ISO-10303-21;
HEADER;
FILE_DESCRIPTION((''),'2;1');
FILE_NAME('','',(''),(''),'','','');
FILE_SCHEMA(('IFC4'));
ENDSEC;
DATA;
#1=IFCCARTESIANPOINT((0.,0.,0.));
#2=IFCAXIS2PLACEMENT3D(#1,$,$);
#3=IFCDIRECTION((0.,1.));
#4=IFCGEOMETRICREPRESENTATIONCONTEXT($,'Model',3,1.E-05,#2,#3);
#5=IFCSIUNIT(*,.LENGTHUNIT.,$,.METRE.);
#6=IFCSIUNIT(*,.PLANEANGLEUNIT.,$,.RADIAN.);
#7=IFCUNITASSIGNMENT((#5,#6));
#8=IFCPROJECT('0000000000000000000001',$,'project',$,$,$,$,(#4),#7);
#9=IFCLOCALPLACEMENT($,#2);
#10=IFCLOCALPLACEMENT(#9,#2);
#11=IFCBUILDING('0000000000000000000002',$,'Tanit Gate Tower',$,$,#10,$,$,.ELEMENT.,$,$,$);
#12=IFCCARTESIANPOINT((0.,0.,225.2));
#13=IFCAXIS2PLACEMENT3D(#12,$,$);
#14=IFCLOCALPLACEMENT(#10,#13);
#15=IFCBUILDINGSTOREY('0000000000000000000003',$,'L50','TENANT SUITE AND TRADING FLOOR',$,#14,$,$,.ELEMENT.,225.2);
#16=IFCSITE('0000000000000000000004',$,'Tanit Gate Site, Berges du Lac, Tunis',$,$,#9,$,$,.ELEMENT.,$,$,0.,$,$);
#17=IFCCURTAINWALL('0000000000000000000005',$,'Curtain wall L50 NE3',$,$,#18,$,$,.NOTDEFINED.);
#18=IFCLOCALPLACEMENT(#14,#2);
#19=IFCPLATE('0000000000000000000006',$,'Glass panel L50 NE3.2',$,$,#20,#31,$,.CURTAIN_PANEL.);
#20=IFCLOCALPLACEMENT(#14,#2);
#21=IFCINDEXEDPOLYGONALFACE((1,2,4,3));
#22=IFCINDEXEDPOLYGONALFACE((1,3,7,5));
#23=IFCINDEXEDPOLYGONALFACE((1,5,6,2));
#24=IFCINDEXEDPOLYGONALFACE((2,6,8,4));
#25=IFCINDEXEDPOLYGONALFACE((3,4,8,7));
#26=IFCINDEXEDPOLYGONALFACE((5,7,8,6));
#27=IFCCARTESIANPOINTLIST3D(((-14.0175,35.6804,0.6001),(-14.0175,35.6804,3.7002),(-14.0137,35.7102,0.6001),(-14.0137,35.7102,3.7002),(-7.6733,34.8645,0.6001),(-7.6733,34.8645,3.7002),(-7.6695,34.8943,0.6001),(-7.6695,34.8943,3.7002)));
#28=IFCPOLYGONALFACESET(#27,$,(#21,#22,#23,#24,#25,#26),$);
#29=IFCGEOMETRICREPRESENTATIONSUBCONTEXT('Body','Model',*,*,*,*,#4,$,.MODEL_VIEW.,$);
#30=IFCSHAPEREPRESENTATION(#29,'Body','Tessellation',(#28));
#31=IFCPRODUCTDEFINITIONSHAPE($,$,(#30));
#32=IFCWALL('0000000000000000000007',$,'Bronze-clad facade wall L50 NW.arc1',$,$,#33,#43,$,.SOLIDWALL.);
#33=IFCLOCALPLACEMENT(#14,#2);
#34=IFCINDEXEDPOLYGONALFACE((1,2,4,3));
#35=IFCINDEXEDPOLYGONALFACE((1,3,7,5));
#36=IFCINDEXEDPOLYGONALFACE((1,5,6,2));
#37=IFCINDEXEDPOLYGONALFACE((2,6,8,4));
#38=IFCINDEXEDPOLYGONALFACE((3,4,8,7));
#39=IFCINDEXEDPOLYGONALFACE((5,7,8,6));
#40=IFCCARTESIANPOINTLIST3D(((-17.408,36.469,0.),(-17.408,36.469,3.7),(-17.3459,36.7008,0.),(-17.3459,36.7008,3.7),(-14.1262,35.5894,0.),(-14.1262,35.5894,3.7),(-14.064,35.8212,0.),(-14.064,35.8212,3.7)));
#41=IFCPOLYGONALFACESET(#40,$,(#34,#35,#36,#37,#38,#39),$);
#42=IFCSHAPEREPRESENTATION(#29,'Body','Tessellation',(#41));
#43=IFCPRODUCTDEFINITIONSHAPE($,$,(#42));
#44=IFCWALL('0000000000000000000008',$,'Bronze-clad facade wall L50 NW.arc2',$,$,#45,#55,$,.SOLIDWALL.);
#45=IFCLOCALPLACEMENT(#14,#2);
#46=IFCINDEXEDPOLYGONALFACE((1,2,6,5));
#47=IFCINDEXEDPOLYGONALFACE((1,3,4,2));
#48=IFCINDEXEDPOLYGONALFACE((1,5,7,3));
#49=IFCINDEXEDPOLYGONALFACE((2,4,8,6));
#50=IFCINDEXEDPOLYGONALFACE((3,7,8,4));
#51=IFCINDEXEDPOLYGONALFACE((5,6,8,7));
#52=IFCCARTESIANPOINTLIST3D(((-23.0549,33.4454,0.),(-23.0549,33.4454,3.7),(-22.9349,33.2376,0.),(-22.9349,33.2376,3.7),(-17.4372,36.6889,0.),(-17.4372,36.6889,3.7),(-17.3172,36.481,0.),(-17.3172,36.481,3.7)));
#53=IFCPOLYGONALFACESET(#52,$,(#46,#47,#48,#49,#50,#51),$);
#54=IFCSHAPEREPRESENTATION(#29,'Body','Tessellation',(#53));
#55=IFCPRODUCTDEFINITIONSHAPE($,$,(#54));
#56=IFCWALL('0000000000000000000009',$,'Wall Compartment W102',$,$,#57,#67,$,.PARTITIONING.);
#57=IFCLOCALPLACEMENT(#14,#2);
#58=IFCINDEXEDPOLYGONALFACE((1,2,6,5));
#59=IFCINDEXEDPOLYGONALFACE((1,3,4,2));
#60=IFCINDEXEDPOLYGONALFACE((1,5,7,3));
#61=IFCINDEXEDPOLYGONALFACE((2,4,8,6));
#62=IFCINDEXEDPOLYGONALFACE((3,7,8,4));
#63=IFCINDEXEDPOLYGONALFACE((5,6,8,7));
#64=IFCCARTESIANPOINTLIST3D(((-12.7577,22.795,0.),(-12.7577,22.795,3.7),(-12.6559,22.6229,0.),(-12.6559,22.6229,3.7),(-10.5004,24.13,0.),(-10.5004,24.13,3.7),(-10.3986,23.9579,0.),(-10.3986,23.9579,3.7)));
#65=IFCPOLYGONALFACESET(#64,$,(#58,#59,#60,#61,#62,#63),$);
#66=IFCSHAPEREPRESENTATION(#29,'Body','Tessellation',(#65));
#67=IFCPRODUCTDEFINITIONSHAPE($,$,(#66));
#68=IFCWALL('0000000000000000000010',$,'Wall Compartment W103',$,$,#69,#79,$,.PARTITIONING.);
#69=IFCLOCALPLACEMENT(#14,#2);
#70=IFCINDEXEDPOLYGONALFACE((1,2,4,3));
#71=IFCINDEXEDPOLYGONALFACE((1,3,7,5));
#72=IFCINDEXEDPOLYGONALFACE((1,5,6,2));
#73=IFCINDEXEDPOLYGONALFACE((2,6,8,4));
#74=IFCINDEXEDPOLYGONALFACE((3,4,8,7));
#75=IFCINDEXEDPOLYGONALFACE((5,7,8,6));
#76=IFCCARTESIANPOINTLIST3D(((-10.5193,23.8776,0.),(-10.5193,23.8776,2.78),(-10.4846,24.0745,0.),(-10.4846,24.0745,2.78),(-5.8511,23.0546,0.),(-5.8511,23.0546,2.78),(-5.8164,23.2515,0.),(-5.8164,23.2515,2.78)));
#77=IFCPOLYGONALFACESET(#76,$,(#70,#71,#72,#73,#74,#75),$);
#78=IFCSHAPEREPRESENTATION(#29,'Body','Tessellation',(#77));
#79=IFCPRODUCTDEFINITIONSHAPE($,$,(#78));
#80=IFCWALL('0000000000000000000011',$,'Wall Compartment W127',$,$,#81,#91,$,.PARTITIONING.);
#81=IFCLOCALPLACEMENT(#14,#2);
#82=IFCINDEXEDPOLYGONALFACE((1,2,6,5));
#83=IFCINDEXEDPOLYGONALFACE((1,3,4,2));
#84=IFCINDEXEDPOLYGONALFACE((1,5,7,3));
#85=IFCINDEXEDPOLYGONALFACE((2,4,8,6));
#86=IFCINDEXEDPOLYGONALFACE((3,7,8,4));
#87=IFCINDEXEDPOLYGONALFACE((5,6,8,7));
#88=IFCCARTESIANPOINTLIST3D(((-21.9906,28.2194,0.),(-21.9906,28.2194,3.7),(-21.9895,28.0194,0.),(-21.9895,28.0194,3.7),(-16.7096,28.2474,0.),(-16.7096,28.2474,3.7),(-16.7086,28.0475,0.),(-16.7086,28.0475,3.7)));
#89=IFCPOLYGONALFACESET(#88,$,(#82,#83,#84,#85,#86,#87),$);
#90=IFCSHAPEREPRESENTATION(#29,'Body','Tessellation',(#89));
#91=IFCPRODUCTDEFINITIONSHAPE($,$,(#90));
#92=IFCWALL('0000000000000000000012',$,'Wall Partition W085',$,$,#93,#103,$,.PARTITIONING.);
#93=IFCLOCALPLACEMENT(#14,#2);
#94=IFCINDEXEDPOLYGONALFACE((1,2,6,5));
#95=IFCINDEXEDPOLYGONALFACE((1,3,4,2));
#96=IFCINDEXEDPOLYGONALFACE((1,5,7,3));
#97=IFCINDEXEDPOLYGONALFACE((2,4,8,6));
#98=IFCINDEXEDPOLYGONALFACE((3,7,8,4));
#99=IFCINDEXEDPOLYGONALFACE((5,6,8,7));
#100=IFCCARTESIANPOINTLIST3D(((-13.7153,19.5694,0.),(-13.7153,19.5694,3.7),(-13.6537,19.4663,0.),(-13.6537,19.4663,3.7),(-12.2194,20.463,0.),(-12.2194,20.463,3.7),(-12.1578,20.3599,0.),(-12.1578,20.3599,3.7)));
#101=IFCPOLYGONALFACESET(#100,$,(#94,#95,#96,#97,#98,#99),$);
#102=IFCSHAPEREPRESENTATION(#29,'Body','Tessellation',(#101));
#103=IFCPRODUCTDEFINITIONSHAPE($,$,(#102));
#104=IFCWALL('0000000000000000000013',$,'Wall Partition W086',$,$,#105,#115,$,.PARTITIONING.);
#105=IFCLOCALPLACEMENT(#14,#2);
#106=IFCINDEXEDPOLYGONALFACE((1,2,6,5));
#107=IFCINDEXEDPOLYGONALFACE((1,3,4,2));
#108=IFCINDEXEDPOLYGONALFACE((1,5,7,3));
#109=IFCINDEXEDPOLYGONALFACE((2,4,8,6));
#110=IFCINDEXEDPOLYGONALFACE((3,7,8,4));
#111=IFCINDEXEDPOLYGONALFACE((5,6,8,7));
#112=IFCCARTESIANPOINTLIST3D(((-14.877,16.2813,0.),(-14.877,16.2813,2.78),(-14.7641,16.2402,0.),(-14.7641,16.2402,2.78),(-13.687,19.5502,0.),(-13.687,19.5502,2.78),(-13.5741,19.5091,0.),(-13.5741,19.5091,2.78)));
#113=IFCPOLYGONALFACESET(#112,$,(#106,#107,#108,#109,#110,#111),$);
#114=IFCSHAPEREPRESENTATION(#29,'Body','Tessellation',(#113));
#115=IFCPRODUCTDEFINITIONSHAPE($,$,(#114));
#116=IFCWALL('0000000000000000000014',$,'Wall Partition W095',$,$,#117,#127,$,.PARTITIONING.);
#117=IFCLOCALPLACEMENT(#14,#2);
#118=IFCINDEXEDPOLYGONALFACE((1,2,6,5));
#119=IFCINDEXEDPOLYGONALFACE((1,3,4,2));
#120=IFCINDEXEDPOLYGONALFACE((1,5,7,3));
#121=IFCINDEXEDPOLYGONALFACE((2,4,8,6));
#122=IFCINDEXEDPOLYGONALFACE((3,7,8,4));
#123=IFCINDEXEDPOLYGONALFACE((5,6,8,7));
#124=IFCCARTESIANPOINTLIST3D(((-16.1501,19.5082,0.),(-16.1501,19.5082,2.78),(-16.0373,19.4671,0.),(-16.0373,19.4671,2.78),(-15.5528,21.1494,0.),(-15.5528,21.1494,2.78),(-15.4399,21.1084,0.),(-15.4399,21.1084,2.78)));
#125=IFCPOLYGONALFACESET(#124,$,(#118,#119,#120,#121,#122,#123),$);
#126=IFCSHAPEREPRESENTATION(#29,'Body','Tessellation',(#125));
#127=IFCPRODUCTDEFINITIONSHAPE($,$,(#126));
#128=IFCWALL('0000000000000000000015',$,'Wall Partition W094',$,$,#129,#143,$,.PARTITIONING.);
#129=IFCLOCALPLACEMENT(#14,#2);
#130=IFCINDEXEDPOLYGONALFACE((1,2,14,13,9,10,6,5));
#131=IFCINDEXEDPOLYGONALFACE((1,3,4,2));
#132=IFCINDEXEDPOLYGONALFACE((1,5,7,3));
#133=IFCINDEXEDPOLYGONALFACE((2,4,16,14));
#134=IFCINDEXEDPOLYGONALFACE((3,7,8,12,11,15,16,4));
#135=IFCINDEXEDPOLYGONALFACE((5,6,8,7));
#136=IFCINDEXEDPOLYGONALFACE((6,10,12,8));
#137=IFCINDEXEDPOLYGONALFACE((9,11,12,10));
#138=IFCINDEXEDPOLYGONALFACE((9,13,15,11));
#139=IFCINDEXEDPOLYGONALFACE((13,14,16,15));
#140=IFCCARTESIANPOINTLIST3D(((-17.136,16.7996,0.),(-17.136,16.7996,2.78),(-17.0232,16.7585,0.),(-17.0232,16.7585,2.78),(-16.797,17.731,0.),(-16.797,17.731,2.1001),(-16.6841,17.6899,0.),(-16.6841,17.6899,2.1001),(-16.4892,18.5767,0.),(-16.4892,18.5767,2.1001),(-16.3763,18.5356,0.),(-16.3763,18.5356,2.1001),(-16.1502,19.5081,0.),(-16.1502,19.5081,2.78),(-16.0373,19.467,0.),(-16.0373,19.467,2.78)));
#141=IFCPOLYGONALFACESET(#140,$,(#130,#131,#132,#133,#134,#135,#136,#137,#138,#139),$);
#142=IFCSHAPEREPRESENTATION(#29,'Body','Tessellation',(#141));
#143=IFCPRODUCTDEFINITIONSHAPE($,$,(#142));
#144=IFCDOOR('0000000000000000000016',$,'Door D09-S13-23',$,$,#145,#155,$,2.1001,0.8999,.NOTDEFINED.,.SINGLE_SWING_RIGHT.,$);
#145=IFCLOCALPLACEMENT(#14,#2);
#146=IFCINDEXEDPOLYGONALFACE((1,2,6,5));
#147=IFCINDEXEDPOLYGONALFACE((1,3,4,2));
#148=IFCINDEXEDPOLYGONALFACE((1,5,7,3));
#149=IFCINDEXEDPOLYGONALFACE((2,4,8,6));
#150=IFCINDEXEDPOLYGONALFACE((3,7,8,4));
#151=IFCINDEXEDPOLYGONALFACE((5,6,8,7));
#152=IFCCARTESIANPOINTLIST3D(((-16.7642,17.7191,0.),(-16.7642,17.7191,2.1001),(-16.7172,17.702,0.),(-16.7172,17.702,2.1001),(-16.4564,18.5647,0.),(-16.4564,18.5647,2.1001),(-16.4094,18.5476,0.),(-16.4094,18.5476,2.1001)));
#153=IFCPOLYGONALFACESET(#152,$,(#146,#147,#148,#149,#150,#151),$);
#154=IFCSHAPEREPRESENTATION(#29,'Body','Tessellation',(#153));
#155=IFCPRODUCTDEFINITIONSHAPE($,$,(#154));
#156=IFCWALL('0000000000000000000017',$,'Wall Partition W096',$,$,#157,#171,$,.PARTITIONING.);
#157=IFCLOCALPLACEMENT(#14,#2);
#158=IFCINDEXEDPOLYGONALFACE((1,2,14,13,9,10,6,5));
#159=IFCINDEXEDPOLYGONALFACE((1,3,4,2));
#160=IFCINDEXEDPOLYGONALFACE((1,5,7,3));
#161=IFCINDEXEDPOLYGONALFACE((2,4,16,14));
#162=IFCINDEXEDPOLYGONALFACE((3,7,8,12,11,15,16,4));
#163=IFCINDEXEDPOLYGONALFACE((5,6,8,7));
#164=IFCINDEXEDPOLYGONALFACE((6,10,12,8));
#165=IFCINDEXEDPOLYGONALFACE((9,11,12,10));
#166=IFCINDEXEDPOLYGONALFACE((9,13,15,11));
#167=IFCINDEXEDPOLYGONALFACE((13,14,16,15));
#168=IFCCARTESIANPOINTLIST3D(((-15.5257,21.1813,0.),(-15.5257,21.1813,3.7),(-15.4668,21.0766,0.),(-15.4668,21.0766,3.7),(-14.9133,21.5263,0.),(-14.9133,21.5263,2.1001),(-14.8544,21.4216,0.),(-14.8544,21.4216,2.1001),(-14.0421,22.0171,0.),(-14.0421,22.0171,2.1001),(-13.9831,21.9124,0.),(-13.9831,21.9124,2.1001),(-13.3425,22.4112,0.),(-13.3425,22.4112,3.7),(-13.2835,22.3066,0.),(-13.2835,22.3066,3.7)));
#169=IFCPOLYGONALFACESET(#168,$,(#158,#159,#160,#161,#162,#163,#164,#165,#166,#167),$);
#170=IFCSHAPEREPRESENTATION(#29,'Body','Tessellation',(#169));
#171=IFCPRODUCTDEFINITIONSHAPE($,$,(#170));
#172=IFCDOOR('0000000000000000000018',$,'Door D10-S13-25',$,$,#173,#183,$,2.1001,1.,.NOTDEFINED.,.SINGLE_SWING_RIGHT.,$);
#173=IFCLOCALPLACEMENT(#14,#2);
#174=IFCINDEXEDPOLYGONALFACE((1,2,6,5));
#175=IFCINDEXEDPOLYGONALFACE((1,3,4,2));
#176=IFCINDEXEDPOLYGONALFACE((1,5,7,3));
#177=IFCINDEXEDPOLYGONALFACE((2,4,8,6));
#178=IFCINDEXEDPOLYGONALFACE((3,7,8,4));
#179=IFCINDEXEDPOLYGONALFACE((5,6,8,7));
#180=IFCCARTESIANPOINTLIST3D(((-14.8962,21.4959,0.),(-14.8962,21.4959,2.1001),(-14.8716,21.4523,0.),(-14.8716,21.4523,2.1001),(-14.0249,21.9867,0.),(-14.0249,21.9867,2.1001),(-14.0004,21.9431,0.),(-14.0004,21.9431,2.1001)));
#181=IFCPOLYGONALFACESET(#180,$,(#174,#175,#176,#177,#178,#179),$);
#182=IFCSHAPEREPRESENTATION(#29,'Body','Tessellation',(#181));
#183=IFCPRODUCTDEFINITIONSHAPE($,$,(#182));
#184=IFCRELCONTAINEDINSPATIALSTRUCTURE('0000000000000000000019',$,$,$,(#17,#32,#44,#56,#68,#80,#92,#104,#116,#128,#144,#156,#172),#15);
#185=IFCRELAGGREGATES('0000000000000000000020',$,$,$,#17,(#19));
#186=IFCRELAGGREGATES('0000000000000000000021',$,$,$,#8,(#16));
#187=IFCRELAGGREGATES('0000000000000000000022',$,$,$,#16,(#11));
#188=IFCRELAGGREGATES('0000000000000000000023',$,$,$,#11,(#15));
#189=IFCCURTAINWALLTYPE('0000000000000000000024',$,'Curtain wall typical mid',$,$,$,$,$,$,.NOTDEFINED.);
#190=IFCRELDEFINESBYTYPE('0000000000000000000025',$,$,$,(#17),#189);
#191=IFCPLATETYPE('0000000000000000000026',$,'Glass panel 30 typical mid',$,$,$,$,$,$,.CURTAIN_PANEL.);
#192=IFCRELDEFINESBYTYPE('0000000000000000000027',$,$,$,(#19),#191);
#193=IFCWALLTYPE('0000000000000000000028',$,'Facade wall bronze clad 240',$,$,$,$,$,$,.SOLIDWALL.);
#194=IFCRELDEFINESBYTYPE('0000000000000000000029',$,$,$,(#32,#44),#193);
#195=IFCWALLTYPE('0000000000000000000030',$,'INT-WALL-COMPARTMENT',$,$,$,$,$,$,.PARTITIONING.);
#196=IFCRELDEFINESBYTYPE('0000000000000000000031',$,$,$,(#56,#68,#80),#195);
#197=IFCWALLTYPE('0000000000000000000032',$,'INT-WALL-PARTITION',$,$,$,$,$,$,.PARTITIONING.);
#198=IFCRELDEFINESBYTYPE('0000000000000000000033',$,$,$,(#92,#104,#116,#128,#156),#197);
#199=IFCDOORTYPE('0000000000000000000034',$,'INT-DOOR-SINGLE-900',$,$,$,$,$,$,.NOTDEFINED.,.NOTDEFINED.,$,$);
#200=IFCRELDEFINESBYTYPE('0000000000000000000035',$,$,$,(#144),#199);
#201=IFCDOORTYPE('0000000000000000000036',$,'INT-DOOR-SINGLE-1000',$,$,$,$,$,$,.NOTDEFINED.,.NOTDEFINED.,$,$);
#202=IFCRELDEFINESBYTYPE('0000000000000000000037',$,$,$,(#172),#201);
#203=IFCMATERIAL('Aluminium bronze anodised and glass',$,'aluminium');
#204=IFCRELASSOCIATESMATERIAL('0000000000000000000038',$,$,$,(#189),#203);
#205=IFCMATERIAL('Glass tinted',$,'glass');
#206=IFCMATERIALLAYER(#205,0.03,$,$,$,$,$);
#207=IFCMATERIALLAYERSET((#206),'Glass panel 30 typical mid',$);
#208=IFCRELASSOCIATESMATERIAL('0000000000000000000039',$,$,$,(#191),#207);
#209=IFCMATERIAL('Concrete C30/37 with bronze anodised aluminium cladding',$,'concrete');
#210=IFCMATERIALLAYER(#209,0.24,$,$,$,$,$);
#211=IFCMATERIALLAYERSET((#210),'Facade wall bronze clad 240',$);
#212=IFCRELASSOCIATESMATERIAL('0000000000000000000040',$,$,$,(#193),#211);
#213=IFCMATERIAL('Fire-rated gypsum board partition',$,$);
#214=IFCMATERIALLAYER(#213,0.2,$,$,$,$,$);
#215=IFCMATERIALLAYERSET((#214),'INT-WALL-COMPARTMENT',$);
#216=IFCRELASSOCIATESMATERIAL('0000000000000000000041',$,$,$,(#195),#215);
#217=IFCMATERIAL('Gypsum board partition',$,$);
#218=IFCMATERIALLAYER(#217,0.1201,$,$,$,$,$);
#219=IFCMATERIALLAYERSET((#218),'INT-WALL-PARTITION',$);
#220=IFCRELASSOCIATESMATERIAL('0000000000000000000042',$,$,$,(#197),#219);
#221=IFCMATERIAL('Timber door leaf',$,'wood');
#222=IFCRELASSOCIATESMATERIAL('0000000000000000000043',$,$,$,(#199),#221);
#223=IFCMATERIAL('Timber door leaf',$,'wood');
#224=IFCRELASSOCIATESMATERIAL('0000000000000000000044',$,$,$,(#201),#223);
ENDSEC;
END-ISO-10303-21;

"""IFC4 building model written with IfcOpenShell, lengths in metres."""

from ifc_helpers import new_model, si_unit, direction, frame, frame_2d, origin, origin_2d, place, context, subcontext, project, spatial, rectangle, extrude, material, layer, layer_set, type_object, element, fill, aggregate, save


model = new_model("IFC4")

# Units and contexts
model_context = context("Model", 3, precision=1e-05, world=origin(), true_north=direction((0.0, 1.0)))
body_context = subcontext(model_context, "Body", "Model", "MODEL_VIEW")
ifc_project = project(units=[si_unit("LENGTHUNIT", "METRE"), si_unit("PLANEANGLEUNIT", "RADIAN")], contexts=[model_context])

# Site, building, storey
site_placement = place(None, origin())
site = spatial("IfcSite", under=ifc_project, at=site_placement, Name="Tanit Gate Site, Berges du Lac, Tunis", CompositionType="ELEMENT", RefElevation=0.0)
building_placement = place(site_placement, origin())
building = spatial("IfcBuilding", under=site, at=building_placement, Name="Tanit Gate Tower", CompositionType="ELEMENT")
storey_placement = place(building_placement, frame((0.0, 0.0, 225.2)))
storey = spatial("IfcBuildingStorey", under=building, at=storey_placement, Name="L50", Description="TENANT SUITE AND TRADING FLOOR", CompositionType="ELEMENT", Elevation=225.2)

# Curtain wall
ifc_material_1 = material(Name="Aluminium bronze anodised and glass", Category="aluminium")
curtain_wall_type = type_object("IfcCurtainWallType", Name="Curtain wall typical mid", PredefinedType="NOTDEFINED", material=ifc_material_1)
curtain_wall_placement = place(storey_placement, origin())
curtain_wall = element("IfcCurtainWall", 1, at=curtain_wall_placement, inside=storey, type_object=curtain_wall_type, Name="Curtain wall L50 NE3", PredefinedType="NOTDEFINED")

# Plate
ifc_material_2 = material(Name="Glass tinted", Category="glass")
ifc_layer_1 = layer(ifc_material_2, 0.03)
ifc_layer_set_1 = layer_set([ifc_layer_1], Name="Glass panel 30 typical mid")
plate_type = type_object("IfcPlateType", Name="Glass panel 30 typical mid", PredefinedType="CURTAIN_PANEL", material=ifc_layer_set_1)
plate_1_placement = place(storey_placement, frame((-10.8435, 35.2874, 0.6001), z_axis=(0.0, 0.0, 1.0), x_axis=(-0.991832, 0.127554, 0.0)))
plate_1 = element("IfcPlate", 2, at=plate_1_placement, type_object=plate_type, Name="Glass panel L50 NE3.2", PredefinedType="CURTAIN_PANEL", context=body_context, shape_type="SweptSolid", body=[
    extrude(rectangle(XDim=6.3965, YDim=0.03, at=origin_2d()), origin(), (0.0, 0.0, 1.0), 3.1001),
])
aggregate(curtain_wall, [plate_1])

# Walls
ifc_material_3 = material(Name="Concrete C30/37 with bronze anodised aluminium cladding", Category="concrete")
ifc_layer_2 = layer(ifc_material_3, 0.24)
ifc_layer_set_2 = layer_set([ifc_layer_2], Name="Facade wall bronze clad 240")
wall_type_1 = type_object("IfcWallType", Name="Facade wall bronze clad 240", PredefinedType="SOLIDWALL", material=ifc_layer_set_2)
wall_1_placement = place(storey_placement, frame((-14.0952, 35.7053, 0.0), z_axis=(0.0, 0.0, 1.0), x_axis=(-0.965909, 0.258883, 0.0)))
element("IfcWall", 3, at=wall_1_placement, inside=storey, type_object=wall_type_1, Name="Bronze-clad facade wall L50 NW.arc1", PredefinedType="SOLIDWALL", context=body_context, shape_type="SweptSolid", body=[
    extrude(rectangle(XDim=3.3977, YDim=0.24, at=frame_2d((1.6987, 0.0))), origin(), (0.0, 0.0, 1.0), 3.7),
])
wall_2_placement = place(storey_placement, frame((-17.3772, 36.585, 0.0), z_axis=(0.0, 0.0, 1.0), x_axis=(-0.866023, -0.500005, 0.0)))
element("IfcWall", 4, at=wall_2_placement, inside=storey, type_object=wall_type_1, Name="Bronze-clad facade wall L50 NW.arc2", PredefinedType="SOLIDWALL", context=body_context, shape_type="SweptSolid", body=[
    extrude(rectangle(XDim=6.4868, YDim=0.24, at=frame_2d((3.2434, 0.0))), origin(), (0.0, 0.0, 1.0), 3.7),
])
ifc_material_4 = material(Name="Fire-rated gypsum board partition")
ifc_layer_3 = layer(ifc_material_4, 0.2)
ifc_layer_set_3 = layer_set([ifc_layer_3], Name="INT-WALL-COMPARTMENT")
wall_type_2 = type_object("IfcWallType", Name="INT-WALL-COMPARTMENT", PredefinedType="PARTITIONING", material=ifc_layer_set_3)
wall_3_placement = place(storey_placement, frame((-10.4495, 24.0439, 0.0), z_axis=(0.0, 0.0, 1.0), x_axis=(-0.860745, -0.509037, 0.0)))
element("IfcWall", 5, at=wall_3_placement, inside=storey, type_object=wall_type_2, Name="Wall Compartment W102", PredefinedType="PARTITIONING", context=body_context, shape_type="SweptSolid", body=[
    extrude(rectangle(XDim=2.6226, YDim=0.2, at=frame_2d((1.3113, 0.0))), origin(), (0.0, 0.0, 1.0), 3.7),
])
wall_4_placement = place(storey_placement, frame((-5.8337, 23.1531, 0.0), z_axis=(0.0, 0.0, 1.0), x_axis=(-0.984813, 0.173621, 0.0)))
element("IfcWall", 6, at=wall_4_placement, inside=storey, type_object=wall_type_2, Name="Wall Compartment W103", PredefinedType="PARTITIONING", context=body_context, shape_type="SweptSolid", body=[
    extrude(rectangle(XDim=4.7402, YDim=0.2, at=frame_2d((2.3701, 0.0))), origin(), (0.0, 0.0, 1.0), 2.78),
])
wall_5_placement = place(storey_placement, frame((-16.709, 28.1475, 0.0), z_axis=(0.0, 0.0, 1.0), x_axis=(-0.999986, -0.005316, 0.0)))
element("IfcWall", 7, at=wall_5_placement, inside=storey, type_object=wall_type_2, Name="Wall Compartment W127", PredefinedType="PARTITIONING", context=body_context, shape_type="SweptSolid", body=[
    extrude(rectangle(XDim=5.281, YDim=0.2, at=frame_2d((2.6406, 0.0))), origin(), (0.0, 0.0, 1.0), 3.7),
])
ifc_material_5 = material(Name="Gypsum board partition")
ifc_layer_4 = layer(ifc_material_5, 0.1201)
ifc_layer_set_4 = layer_set([ifc_layer_4], Name="INT-WALL-PARTITION")
wall_type_3 = type_object("IfcWallType", Name="INT-WALL-PARTITION", PredefinedType="PARTITIONING", material=ifc_layer_set_4)
wall_6_placement = place(storey_placement, frame((-12.1887, 20.4114, 0.0), z_axis=(0.0, 0.0, 1.0), x_axis=(-0.858493, -0.512826, 0.0)))
element("IfcWall", 8, at=wall_6_placement, inside=storey, type_object=wall_type_3, Name="Wall Partition W085", PredefinedType="PARTITIONING", context=body_context, shape_type="SweptSolid", body=[
    extrude(rectangle(XDim=1.7424, YDim=0.1201, at=frame_2d((0.8711, 0.0))), origin(), (0.0, 0.0, 1.0), 3.7),
])
wall_7_placement = place(storey_placement, frame((-13.6306, 19.5295, 0.0), z_axis=(0.0, 0.0, 1.0), x_axis=(-0.34207, -0.939675, 0.0)))
element("IfcWall", 9, at=wall_7_placement, inside=storey, type_object=wall_type_3, Name="Wall Partition W086", PredefinedType="PARTITIONING", context=body_context, shape_type="SweptSolid", body=[
    extrude(rectangle(XDim=3.4788, YDim=0.1201, at=frame_2d((1.7393, 0.0))), origin(), (0.0, 0.0, 1.0), 2.78),
])
wall_8_placement = place(storey_placement, frame((-15.4963, 21.1289, 0.0), z_axis=(0.0, 0.0, 1.0), x_axis=(-0.342024, -0.939691, 0.0)))
element("IfcWall", 10, at=wall_8_placement, inside=storey, type_object=wall_type_3, Name="Wall Partition W095", PredefinedType="PARTITIONING", context=body_context, shape_type="SweptSolid", body=[
    extrude(rectangle(XDim=1.7466, YDim=0.1201, at=frame_2d((0.8733, 0.0))), origin(), (0.0, 0.0, 1.0), 2.78),
])

# Walls, openings, doors
wall_9_placement = place(storey_placement, frame((-16.0938, 19.4875, 0.0), z_axis=(0.0, 0.0, 1.0), x_axis=(-0.342029, -0.93969, 0.0)))
wall_9 = element("IfcWall", 11, at=wall_9_placement, inside=storey, type_object=wall_type_3, Name="Wall Partition W094", PredefinedType="PARTITIONING", context=body_context, shape_type="SweptSolid", body=[
    extrude(rectangle(XDim=2.8823, YDim=0.1201, at=frame_2d((1.4412, 0.0))), origin(), (0.0, 0.0, 1.0), 2.78),
])
opening_1_placement = place(wall_9_placement, frame((0.9912, 0.0, 0.0)))
opening_1 = element("IfcOpeningElement", 12, at=opening_1_placement, cuts=wall_9, PredefinedType="OPENING", context=body_context, shape_type="SweptSolid", body=[
    extrude(rectangle(XDim=0.8999, YDim=2.1001, at=frame_2d((0.45, 1.05))), frame((0.0, 0.0701, 0.0), z_axis=(0.0, -1.0, 0.0), x_axis=(1.0, 0.0, 0.0)), (0.0, 0.0, 1.0), 0.1401),
])
ifc_material_6 = material(Name="Timber door leaf", Category="wood")
door_type_1 = type_object("IfcDoorType", Name="INT-DOOR-SINGLE-900", OperationType="NOTDEFINED", PredefinedType="NOTDEFINED", material=ifc_material_6)
door_1_placement = place(opening_1_placement, origin())
door_1 = element("IfcDoor", 13, at=door_1_placement, inside=storey, type_object=door_type_1, Name="Door D09-S13-23", OperationType="SINGLE_SWING_RIGHT", OverallHeight=2.1001, OverallWidth=0.8999, PredefinedType="NOTDEFINED", context=body_context, shape_type="SweptSolid", body=[
    extrude(rectangle(XDim=0.8999, YDim=2.1001, at=frame_2d((0.45, 1.05))), frame((0.0, 0.0249, 0.0), z_axis=(0.0, -1.0, 0.0), x_axis=(1.0, 0.0, 0.0)), (0.0, 0.0, 1.0), 0.05),
])
fill(opening_1, door_1)
wall_10_placement = place(storey_placement, frame((-13.313, 22.3589, 0.0), z_axis=(0.0, 0.0, 1.0), x_axis=(-0.871261, -0.490821, 0.0)))
wall_10 = element("IfcWall", 14, at=wall_10_placement, inside=storey, type_object=wall_type_3, Name="Wall Partition W096", PredefinedType="PARTITIONING", context=body_context, shape_type="SweptSolid", body=[
    extrude(rectangle(XDim=2.5059, YDim=0.1201, at=frame_2d((1.2529, 0.0))), origin(), (0.0, 0.0, 1.0), 3.7),
])
opening_2_placement = place(wall_10_placement, frame((0.803, 0.0, 0.0)))
opening_2 = element("IfcOpeningElement", 15, at=opening_2_placement, cuts=wall_10, PredefinedType="OPENING", context=body_context, shape_type="SweptSolid", body=[
    extrude(rectangle(XDim=1.0, YDim=2.1001, at=frame_2d((0.5, 1.05))), frame((0.0, 0.0701, 0.0), z_axis=(0.0, -1.0, 0.0), x_axis=(1.0, 0.0, 0.0)), (0.0, 0.0, 1.0), 0.1401),
])
ifc_material_7 = material(Name="Timber door leaf", Category="wood")
door_type_2 = type_object("IfcDoorType", Name="INT-DOOR-SINGLE-1000", OperationType="NOTDEFINED", PredefinedType="NOTDEFINED", material=ifc_material_7)
door_2_placement = place(opening_2_placement, origin())
door_2 = element("IfcDoor", 16, at=door_2_placement, inside=storey, type_object=door_type_2, Name="Door D10-S13-25", OperationType="SINGLE_SWING_RIGHT", OverallHeight=2.1001, OverallWidth=1.0, PredefinedType="NOTDEFINED", context=body_context, shape_type="SweptSolid", body=[
    extrude(rectangle(XDim=1.0, YDim=2.1001, at=frame_2d((0.5, 1.05))), frame((0.0, 0.0249, 0.0), z_axis=(0.0, -1.0, 0.0), x_axis=(1.0, 0.0, 0.0)), (0.0, 0.0, 1.0), 0.05),
])
fill(opening_2, door_2)

save(model, "model.ifc")
